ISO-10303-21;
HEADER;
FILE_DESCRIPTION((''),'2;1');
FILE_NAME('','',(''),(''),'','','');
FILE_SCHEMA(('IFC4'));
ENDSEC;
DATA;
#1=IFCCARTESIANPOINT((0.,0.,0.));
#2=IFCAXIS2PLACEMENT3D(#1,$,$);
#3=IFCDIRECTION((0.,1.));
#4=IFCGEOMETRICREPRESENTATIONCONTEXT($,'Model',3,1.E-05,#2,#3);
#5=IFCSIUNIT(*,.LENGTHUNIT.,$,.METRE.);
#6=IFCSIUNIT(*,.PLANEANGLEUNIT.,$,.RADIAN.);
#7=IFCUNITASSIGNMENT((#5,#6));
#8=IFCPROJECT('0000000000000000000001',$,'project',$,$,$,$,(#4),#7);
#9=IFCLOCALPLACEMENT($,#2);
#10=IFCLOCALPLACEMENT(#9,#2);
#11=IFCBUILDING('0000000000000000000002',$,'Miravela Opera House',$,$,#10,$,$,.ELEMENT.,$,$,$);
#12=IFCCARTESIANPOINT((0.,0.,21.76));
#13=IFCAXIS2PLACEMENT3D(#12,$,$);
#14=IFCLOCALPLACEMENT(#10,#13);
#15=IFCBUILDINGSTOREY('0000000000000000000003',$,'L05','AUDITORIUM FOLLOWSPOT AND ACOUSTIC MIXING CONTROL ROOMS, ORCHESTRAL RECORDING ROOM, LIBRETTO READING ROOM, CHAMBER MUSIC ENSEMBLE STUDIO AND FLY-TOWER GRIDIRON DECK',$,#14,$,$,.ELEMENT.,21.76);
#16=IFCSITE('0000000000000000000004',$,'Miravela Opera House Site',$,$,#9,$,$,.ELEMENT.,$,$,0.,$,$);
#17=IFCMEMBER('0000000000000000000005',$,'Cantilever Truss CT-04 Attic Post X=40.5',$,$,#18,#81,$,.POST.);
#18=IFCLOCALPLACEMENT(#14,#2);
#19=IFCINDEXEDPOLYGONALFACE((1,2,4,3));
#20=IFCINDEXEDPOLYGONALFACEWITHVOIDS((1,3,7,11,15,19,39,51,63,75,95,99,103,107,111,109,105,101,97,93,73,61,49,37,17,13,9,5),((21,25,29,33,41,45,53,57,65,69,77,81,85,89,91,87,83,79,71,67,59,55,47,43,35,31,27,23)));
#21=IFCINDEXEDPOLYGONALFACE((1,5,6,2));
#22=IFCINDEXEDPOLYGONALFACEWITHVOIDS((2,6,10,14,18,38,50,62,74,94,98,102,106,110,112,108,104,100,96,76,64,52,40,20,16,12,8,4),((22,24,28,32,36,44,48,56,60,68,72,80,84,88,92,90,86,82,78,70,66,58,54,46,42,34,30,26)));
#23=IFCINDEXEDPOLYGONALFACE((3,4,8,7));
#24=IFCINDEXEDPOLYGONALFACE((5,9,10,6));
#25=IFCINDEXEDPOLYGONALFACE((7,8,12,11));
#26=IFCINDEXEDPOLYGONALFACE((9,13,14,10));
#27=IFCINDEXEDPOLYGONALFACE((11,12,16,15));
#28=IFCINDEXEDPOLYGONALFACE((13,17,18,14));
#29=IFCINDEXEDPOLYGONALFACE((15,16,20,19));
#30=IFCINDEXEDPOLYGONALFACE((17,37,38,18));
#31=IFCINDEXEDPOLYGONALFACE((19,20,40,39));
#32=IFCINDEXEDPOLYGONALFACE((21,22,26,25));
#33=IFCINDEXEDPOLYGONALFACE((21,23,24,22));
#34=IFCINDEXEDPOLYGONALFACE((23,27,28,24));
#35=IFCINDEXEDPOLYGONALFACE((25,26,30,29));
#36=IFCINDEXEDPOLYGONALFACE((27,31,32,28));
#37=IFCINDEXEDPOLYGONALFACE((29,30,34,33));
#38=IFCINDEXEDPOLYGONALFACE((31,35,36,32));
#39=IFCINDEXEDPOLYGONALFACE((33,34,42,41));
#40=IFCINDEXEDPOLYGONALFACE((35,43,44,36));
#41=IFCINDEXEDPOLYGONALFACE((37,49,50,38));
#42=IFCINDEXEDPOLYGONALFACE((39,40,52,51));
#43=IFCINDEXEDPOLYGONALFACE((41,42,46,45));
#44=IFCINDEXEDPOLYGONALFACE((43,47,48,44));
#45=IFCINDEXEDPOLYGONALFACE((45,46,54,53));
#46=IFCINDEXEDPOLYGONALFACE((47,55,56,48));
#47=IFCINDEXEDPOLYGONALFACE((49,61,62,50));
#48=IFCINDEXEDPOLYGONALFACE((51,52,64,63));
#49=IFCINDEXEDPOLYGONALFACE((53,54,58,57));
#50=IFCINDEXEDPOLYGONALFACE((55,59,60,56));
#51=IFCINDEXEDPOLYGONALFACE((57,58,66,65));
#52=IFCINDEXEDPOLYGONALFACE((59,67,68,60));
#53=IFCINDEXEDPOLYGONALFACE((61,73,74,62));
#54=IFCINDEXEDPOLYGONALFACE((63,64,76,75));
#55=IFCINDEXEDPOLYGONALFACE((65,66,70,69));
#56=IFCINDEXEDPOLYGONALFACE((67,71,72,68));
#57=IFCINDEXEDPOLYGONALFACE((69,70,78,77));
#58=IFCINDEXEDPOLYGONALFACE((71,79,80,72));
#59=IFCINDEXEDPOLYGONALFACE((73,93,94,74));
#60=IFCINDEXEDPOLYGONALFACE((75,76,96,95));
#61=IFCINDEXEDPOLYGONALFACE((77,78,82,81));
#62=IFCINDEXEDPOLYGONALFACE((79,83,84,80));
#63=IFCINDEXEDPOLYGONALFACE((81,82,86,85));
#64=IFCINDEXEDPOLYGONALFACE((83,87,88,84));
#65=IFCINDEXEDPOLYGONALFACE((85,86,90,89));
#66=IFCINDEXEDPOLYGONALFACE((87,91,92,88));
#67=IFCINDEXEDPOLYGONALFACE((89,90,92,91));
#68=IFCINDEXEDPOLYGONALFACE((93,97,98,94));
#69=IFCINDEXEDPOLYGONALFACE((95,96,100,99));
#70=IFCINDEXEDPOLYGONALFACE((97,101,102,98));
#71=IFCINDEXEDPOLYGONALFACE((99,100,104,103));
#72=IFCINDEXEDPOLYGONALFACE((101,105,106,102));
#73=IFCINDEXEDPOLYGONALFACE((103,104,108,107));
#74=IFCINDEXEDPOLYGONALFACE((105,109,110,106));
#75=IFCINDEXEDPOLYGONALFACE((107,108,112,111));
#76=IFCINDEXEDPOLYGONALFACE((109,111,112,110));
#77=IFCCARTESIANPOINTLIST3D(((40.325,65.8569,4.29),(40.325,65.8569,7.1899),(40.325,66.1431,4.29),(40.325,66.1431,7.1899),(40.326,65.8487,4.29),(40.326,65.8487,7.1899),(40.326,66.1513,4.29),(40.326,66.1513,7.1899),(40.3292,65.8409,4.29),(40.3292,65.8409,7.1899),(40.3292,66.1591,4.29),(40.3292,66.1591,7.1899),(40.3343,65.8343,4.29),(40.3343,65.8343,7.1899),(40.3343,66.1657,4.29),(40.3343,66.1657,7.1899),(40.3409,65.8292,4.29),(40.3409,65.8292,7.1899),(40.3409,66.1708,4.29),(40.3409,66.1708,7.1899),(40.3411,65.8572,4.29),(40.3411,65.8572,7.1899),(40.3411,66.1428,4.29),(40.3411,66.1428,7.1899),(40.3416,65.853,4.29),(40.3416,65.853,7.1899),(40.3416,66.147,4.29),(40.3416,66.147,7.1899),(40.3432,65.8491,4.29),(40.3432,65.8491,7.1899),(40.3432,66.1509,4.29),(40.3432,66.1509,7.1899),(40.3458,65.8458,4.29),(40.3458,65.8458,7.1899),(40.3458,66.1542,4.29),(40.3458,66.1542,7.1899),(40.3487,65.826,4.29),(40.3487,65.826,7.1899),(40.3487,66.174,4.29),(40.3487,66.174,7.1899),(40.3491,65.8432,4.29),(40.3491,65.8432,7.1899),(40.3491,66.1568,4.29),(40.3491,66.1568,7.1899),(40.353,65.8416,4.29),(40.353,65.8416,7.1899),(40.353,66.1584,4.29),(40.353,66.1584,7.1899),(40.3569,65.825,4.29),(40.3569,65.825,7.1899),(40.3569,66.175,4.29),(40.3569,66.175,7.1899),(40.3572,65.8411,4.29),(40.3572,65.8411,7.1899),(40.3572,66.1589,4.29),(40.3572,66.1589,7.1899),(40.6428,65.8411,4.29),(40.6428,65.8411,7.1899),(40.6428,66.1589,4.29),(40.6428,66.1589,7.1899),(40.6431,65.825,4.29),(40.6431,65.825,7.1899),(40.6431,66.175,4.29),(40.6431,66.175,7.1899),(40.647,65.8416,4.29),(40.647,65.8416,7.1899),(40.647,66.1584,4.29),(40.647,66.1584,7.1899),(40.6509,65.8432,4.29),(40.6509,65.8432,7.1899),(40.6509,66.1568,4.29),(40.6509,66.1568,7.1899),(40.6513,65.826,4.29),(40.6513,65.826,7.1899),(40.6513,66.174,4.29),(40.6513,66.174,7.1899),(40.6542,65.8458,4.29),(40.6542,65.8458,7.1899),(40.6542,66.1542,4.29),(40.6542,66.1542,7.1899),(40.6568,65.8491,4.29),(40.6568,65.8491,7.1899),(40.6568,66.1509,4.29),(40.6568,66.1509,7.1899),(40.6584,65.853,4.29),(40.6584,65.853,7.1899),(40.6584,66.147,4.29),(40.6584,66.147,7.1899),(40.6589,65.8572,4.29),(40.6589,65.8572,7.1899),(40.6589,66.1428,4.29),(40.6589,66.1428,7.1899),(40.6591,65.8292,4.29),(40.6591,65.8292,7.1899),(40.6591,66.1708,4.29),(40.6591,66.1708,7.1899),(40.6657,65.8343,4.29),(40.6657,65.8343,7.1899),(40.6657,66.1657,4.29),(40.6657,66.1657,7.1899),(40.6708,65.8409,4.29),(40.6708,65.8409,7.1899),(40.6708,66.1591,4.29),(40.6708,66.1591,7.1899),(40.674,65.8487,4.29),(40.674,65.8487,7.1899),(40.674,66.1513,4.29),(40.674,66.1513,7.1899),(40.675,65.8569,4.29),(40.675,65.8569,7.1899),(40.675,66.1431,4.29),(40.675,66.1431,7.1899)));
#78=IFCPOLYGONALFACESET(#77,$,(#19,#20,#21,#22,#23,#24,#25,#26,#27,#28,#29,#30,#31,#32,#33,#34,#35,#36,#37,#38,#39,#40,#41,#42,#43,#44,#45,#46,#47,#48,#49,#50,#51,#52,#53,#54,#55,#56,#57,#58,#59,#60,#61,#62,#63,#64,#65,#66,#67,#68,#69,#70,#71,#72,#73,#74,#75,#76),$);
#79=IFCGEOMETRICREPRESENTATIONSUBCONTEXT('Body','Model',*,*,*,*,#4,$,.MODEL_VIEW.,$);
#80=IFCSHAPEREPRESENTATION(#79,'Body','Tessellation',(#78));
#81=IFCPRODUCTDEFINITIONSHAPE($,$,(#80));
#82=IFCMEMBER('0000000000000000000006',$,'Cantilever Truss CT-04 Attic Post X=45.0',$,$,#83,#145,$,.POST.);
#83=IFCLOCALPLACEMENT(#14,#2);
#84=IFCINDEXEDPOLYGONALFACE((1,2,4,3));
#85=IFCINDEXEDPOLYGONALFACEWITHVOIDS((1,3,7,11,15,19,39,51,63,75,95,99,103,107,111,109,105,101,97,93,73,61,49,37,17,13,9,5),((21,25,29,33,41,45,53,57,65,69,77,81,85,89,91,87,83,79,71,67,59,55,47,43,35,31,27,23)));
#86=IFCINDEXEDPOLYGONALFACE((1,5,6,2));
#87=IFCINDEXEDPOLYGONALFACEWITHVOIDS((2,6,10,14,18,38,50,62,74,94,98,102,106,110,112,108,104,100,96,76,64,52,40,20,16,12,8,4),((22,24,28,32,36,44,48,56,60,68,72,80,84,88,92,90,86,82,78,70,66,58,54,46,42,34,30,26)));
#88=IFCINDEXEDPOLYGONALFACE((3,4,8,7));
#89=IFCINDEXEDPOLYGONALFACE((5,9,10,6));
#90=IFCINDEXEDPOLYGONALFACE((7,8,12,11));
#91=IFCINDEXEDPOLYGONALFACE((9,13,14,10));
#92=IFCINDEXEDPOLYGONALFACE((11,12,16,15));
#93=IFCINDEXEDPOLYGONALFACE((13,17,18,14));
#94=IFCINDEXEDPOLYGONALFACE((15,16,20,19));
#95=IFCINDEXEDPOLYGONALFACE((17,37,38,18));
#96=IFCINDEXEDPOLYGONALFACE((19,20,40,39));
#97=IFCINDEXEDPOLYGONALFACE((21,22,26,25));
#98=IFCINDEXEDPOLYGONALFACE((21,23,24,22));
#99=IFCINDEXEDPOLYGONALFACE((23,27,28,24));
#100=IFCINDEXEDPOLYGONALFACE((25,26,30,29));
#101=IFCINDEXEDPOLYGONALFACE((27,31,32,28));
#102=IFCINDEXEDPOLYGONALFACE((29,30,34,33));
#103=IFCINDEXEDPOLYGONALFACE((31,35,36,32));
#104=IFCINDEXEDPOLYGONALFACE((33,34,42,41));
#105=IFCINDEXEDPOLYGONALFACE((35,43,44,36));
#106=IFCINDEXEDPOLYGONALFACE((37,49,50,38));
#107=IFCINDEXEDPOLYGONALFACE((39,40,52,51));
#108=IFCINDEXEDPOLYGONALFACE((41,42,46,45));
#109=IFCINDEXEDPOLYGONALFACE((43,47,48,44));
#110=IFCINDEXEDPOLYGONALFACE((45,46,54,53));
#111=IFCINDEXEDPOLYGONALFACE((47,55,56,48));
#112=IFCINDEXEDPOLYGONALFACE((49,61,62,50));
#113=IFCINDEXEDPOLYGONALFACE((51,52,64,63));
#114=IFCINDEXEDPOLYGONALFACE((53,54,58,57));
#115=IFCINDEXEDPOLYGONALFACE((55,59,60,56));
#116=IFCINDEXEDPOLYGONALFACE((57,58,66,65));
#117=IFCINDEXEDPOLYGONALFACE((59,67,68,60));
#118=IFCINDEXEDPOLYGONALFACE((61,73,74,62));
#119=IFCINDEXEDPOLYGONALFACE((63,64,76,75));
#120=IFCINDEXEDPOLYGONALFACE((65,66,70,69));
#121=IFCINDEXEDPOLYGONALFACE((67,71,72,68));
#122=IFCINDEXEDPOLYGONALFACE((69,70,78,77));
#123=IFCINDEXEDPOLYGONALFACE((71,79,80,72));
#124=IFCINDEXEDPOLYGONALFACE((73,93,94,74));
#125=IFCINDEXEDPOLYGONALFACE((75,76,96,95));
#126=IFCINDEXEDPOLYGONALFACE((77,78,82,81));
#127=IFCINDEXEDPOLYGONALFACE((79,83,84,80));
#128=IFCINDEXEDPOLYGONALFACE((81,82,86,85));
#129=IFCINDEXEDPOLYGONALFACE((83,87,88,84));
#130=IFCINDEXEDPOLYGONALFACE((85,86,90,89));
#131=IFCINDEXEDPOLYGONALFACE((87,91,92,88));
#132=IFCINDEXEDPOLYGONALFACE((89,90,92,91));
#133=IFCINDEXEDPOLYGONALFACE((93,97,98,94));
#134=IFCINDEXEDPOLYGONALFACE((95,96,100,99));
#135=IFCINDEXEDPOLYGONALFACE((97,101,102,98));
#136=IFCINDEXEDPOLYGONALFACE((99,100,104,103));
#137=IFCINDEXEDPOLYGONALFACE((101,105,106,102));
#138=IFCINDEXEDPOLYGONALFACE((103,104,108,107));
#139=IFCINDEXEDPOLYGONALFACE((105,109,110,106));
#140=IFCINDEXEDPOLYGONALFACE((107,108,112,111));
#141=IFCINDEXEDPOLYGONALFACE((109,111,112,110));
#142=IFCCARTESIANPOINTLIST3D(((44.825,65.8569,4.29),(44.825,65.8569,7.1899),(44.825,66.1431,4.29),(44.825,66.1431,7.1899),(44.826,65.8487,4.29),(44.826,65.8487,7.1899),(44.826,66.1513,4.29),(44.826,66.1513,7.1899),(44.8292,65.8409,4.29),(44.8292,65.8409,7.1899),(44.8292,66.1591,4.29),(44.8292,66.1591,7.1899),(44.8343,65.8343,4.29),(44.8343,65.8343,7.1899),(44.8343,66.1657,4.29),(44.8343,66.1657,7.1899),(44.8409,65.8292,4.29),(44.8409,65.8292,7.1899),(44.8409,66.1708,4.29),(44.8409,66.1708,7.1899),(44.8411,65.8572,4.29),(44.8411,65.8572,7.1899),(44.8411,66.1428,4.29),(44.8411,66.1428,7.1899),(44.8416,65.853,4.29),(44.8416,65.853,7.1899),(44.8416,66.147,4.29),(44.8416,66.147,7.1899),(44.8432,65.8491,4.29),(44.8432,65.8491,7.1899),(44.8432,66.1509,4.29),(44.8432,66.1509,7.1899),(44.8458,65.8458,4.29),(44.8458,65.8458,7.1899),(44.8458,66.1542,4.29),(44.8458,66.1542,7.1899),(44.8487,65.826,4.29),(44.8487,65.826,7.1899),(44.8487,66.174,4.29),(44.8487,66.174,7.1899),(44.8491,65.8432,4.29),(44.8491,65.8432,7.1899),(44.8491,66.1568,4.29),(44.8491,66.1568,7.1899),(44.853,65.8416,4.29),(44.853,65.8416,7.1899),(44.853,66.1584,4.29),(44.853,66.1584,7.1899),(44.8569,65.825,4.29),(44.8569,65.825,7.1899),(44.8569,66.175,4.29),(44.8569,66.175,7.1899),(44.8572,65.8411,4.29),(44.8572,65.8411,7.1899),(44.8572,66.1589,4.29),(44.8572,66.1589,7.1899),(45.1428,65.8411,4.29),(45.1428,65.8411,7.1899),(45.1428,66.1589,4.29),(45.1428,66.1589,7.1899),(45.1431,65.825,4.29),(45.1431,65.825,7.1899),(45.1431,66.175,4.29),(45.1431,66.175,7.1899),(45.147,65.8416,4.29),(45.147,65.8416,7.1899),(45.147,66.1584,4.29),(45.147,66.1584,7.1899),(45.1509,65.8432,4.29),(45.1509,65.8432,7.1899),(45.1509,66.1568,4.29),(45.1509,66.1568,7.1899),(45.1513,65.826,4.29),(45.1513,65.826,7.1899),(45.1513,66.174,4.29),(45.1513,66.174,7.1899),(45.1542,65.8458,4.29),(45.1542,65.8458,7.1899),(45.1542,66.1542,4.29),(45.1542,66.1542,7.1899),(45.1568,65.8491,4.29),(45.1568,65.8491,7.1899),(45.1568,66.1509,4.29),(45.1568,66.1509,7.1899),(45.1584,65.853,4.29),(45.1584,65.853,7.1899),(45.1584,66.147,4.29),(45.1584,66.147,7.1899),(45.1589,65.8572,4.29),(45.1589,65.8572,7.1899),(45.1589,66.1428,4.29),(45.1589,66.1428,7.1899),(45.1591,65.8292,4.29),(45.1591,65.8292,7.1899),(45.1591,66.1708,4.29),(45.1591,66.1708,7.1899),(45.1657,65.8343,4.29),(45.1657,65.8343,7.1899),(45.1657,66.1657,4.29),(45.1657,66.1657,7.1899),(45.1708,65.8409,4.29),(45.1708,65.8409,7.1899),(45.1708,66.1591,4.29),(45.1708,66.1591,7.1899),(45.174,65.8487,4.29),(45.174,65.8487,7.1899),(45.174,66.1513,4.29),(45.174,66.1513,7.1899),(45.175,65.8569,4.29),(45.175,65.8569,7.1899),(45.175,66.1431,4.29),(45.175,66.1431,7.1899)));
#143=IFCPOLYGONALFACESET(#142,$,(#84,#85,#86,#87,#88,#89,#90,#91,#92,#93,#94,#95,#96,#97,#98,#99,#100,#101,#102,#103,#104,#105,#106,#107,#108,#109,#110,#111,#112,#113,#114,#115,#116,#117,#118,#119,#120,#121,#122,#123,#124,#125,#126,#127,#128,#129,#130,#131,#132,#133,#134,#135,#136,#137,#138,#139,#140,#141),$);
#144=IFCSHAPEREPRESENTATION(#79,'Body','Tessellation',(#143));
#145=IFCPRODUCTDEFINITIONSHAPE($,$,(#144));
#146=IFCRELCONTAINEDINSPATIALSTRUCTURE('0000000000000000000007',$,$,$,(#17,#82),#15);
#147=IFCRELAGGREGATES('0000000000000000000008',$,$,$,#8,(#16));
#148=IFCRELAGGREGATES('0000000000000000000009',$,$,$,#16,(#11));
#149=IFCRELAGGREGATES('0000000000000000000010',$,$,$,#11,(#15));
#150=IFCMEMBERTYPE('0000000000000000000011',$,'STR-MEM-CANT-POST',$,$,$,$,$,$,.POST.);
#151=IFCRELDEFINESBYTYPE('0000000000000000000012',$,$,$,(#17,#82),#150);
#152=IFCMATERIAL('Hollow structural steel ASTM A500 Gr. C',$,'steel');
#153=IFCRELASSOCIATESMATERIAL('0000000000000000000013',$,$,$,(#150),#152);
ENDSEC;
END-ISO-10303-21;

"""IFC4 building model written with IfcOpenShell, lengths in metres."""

from ifc_helpers import new_model, si_unit, direction, frame, origin, origin_2d, place, context, subcontext, project, spatial, hollow_rectangle, extrude, material, material_profile, profile_set, type_object, element, save


model = new_model("IFC4")

# Units and contexts
model_context = context("Model", 3, precision=1e-05, world=origin(), true_north=direction((0.0, 1.0)))
body_context = subcontext(model_context, "Body", "Model", "MODEL_VIEW")
ifc_project = project(units=[si_unit("LENGTHUNIT", "METRE"), si_unit("PLANEANGLEUNIT", "RADIAN")], contexts=[model_context])

# Site, building, storey
site_placement = place(None, origin())
site = spatial("IfcSite", under=ifc_project, at=site_placement, Name="Miravela Opera House Site", CompositionType="ELEMENT", RefElevation=0.0)
building_placement = place(site_placement, origin())
building = spatial("IfcBuilding", under=site, at=building_placement, Name="Miravela Opera House", CompositionType="ELEMENT")
storey_placement = place(building_placement, frame((0.0, 0.0, 21.76)))
storey = spatial("IfcBuildingStorey", under=building, at=storey_placement, Name="L05", Description="AUDITORIUM FOLLOWSPOT AND ACOUSTIC MIXING CONTROL ROOMS, ORCHESTRAL RECORDING ROOM, LIBRETTO READING ROOM, CHAMBER MUSIC ENSEMBLE STUDIO AND FLY-TOWER GRIDIRON DECK", CompositionType="ELEMENT", Elevation=21.76)

# Members
ifc_material_1 = material(Name="Hollow structural steel ASTM A500 Gr. C", Category="steel")
ifc_material_profile_1 = material_profile(ifc_material_1, hollow_rectangle(XDim=0.3501, YDim=0.3501, WallThickness=0.0161, InnerFilletRadius=0.0161, OuterFilletRadius=0.032, at=origin_2d()), Name="HSS350X350X16")
ifc_profile_set_1 = profile_set([ifc_material_profile_1])
member_type_1 = type_object("IfcMemberType", Name="STR-MEM-CANT-POST", PredefinedType="POST", material=ifc_profile_set_1)
for number, where, z_axis, x_axis, name in (
    (1, (40.5, 66.0, 4.29), (0.0, 0.0, 1.0), (1.0, 0.0, 0.0), "Cantilever Truss CT-04 Attic Post X=40.5"),
    (2, (45.0, 66.0, 4.29), (0.0, 0.0, 1.0), (1.0, 0.0, 0.0), "Cantilever Truss CT-04 Attic Post X=45.0"),
):
    element("IfcMember", number, at=place(storey_placement, frame(where, z_axis=z_axis, x_axis=x_axis)), inside=storey, type_object=member_type_1, Name=name, PredefinedType="POST", context=body_context, shape_type="SweptSolid", body=[
        extrude(hollow_rectangle(XDim=0.3501, YDim=0.3501, WallThickness=0.0161, InnerFilletRadius=0.0161, OuterFilletRadius=0.032, at=origin_2d()), origin(), (0.0, 0.0, 1.0), 2.8999),
    ])

save(model, "model.ifc")
